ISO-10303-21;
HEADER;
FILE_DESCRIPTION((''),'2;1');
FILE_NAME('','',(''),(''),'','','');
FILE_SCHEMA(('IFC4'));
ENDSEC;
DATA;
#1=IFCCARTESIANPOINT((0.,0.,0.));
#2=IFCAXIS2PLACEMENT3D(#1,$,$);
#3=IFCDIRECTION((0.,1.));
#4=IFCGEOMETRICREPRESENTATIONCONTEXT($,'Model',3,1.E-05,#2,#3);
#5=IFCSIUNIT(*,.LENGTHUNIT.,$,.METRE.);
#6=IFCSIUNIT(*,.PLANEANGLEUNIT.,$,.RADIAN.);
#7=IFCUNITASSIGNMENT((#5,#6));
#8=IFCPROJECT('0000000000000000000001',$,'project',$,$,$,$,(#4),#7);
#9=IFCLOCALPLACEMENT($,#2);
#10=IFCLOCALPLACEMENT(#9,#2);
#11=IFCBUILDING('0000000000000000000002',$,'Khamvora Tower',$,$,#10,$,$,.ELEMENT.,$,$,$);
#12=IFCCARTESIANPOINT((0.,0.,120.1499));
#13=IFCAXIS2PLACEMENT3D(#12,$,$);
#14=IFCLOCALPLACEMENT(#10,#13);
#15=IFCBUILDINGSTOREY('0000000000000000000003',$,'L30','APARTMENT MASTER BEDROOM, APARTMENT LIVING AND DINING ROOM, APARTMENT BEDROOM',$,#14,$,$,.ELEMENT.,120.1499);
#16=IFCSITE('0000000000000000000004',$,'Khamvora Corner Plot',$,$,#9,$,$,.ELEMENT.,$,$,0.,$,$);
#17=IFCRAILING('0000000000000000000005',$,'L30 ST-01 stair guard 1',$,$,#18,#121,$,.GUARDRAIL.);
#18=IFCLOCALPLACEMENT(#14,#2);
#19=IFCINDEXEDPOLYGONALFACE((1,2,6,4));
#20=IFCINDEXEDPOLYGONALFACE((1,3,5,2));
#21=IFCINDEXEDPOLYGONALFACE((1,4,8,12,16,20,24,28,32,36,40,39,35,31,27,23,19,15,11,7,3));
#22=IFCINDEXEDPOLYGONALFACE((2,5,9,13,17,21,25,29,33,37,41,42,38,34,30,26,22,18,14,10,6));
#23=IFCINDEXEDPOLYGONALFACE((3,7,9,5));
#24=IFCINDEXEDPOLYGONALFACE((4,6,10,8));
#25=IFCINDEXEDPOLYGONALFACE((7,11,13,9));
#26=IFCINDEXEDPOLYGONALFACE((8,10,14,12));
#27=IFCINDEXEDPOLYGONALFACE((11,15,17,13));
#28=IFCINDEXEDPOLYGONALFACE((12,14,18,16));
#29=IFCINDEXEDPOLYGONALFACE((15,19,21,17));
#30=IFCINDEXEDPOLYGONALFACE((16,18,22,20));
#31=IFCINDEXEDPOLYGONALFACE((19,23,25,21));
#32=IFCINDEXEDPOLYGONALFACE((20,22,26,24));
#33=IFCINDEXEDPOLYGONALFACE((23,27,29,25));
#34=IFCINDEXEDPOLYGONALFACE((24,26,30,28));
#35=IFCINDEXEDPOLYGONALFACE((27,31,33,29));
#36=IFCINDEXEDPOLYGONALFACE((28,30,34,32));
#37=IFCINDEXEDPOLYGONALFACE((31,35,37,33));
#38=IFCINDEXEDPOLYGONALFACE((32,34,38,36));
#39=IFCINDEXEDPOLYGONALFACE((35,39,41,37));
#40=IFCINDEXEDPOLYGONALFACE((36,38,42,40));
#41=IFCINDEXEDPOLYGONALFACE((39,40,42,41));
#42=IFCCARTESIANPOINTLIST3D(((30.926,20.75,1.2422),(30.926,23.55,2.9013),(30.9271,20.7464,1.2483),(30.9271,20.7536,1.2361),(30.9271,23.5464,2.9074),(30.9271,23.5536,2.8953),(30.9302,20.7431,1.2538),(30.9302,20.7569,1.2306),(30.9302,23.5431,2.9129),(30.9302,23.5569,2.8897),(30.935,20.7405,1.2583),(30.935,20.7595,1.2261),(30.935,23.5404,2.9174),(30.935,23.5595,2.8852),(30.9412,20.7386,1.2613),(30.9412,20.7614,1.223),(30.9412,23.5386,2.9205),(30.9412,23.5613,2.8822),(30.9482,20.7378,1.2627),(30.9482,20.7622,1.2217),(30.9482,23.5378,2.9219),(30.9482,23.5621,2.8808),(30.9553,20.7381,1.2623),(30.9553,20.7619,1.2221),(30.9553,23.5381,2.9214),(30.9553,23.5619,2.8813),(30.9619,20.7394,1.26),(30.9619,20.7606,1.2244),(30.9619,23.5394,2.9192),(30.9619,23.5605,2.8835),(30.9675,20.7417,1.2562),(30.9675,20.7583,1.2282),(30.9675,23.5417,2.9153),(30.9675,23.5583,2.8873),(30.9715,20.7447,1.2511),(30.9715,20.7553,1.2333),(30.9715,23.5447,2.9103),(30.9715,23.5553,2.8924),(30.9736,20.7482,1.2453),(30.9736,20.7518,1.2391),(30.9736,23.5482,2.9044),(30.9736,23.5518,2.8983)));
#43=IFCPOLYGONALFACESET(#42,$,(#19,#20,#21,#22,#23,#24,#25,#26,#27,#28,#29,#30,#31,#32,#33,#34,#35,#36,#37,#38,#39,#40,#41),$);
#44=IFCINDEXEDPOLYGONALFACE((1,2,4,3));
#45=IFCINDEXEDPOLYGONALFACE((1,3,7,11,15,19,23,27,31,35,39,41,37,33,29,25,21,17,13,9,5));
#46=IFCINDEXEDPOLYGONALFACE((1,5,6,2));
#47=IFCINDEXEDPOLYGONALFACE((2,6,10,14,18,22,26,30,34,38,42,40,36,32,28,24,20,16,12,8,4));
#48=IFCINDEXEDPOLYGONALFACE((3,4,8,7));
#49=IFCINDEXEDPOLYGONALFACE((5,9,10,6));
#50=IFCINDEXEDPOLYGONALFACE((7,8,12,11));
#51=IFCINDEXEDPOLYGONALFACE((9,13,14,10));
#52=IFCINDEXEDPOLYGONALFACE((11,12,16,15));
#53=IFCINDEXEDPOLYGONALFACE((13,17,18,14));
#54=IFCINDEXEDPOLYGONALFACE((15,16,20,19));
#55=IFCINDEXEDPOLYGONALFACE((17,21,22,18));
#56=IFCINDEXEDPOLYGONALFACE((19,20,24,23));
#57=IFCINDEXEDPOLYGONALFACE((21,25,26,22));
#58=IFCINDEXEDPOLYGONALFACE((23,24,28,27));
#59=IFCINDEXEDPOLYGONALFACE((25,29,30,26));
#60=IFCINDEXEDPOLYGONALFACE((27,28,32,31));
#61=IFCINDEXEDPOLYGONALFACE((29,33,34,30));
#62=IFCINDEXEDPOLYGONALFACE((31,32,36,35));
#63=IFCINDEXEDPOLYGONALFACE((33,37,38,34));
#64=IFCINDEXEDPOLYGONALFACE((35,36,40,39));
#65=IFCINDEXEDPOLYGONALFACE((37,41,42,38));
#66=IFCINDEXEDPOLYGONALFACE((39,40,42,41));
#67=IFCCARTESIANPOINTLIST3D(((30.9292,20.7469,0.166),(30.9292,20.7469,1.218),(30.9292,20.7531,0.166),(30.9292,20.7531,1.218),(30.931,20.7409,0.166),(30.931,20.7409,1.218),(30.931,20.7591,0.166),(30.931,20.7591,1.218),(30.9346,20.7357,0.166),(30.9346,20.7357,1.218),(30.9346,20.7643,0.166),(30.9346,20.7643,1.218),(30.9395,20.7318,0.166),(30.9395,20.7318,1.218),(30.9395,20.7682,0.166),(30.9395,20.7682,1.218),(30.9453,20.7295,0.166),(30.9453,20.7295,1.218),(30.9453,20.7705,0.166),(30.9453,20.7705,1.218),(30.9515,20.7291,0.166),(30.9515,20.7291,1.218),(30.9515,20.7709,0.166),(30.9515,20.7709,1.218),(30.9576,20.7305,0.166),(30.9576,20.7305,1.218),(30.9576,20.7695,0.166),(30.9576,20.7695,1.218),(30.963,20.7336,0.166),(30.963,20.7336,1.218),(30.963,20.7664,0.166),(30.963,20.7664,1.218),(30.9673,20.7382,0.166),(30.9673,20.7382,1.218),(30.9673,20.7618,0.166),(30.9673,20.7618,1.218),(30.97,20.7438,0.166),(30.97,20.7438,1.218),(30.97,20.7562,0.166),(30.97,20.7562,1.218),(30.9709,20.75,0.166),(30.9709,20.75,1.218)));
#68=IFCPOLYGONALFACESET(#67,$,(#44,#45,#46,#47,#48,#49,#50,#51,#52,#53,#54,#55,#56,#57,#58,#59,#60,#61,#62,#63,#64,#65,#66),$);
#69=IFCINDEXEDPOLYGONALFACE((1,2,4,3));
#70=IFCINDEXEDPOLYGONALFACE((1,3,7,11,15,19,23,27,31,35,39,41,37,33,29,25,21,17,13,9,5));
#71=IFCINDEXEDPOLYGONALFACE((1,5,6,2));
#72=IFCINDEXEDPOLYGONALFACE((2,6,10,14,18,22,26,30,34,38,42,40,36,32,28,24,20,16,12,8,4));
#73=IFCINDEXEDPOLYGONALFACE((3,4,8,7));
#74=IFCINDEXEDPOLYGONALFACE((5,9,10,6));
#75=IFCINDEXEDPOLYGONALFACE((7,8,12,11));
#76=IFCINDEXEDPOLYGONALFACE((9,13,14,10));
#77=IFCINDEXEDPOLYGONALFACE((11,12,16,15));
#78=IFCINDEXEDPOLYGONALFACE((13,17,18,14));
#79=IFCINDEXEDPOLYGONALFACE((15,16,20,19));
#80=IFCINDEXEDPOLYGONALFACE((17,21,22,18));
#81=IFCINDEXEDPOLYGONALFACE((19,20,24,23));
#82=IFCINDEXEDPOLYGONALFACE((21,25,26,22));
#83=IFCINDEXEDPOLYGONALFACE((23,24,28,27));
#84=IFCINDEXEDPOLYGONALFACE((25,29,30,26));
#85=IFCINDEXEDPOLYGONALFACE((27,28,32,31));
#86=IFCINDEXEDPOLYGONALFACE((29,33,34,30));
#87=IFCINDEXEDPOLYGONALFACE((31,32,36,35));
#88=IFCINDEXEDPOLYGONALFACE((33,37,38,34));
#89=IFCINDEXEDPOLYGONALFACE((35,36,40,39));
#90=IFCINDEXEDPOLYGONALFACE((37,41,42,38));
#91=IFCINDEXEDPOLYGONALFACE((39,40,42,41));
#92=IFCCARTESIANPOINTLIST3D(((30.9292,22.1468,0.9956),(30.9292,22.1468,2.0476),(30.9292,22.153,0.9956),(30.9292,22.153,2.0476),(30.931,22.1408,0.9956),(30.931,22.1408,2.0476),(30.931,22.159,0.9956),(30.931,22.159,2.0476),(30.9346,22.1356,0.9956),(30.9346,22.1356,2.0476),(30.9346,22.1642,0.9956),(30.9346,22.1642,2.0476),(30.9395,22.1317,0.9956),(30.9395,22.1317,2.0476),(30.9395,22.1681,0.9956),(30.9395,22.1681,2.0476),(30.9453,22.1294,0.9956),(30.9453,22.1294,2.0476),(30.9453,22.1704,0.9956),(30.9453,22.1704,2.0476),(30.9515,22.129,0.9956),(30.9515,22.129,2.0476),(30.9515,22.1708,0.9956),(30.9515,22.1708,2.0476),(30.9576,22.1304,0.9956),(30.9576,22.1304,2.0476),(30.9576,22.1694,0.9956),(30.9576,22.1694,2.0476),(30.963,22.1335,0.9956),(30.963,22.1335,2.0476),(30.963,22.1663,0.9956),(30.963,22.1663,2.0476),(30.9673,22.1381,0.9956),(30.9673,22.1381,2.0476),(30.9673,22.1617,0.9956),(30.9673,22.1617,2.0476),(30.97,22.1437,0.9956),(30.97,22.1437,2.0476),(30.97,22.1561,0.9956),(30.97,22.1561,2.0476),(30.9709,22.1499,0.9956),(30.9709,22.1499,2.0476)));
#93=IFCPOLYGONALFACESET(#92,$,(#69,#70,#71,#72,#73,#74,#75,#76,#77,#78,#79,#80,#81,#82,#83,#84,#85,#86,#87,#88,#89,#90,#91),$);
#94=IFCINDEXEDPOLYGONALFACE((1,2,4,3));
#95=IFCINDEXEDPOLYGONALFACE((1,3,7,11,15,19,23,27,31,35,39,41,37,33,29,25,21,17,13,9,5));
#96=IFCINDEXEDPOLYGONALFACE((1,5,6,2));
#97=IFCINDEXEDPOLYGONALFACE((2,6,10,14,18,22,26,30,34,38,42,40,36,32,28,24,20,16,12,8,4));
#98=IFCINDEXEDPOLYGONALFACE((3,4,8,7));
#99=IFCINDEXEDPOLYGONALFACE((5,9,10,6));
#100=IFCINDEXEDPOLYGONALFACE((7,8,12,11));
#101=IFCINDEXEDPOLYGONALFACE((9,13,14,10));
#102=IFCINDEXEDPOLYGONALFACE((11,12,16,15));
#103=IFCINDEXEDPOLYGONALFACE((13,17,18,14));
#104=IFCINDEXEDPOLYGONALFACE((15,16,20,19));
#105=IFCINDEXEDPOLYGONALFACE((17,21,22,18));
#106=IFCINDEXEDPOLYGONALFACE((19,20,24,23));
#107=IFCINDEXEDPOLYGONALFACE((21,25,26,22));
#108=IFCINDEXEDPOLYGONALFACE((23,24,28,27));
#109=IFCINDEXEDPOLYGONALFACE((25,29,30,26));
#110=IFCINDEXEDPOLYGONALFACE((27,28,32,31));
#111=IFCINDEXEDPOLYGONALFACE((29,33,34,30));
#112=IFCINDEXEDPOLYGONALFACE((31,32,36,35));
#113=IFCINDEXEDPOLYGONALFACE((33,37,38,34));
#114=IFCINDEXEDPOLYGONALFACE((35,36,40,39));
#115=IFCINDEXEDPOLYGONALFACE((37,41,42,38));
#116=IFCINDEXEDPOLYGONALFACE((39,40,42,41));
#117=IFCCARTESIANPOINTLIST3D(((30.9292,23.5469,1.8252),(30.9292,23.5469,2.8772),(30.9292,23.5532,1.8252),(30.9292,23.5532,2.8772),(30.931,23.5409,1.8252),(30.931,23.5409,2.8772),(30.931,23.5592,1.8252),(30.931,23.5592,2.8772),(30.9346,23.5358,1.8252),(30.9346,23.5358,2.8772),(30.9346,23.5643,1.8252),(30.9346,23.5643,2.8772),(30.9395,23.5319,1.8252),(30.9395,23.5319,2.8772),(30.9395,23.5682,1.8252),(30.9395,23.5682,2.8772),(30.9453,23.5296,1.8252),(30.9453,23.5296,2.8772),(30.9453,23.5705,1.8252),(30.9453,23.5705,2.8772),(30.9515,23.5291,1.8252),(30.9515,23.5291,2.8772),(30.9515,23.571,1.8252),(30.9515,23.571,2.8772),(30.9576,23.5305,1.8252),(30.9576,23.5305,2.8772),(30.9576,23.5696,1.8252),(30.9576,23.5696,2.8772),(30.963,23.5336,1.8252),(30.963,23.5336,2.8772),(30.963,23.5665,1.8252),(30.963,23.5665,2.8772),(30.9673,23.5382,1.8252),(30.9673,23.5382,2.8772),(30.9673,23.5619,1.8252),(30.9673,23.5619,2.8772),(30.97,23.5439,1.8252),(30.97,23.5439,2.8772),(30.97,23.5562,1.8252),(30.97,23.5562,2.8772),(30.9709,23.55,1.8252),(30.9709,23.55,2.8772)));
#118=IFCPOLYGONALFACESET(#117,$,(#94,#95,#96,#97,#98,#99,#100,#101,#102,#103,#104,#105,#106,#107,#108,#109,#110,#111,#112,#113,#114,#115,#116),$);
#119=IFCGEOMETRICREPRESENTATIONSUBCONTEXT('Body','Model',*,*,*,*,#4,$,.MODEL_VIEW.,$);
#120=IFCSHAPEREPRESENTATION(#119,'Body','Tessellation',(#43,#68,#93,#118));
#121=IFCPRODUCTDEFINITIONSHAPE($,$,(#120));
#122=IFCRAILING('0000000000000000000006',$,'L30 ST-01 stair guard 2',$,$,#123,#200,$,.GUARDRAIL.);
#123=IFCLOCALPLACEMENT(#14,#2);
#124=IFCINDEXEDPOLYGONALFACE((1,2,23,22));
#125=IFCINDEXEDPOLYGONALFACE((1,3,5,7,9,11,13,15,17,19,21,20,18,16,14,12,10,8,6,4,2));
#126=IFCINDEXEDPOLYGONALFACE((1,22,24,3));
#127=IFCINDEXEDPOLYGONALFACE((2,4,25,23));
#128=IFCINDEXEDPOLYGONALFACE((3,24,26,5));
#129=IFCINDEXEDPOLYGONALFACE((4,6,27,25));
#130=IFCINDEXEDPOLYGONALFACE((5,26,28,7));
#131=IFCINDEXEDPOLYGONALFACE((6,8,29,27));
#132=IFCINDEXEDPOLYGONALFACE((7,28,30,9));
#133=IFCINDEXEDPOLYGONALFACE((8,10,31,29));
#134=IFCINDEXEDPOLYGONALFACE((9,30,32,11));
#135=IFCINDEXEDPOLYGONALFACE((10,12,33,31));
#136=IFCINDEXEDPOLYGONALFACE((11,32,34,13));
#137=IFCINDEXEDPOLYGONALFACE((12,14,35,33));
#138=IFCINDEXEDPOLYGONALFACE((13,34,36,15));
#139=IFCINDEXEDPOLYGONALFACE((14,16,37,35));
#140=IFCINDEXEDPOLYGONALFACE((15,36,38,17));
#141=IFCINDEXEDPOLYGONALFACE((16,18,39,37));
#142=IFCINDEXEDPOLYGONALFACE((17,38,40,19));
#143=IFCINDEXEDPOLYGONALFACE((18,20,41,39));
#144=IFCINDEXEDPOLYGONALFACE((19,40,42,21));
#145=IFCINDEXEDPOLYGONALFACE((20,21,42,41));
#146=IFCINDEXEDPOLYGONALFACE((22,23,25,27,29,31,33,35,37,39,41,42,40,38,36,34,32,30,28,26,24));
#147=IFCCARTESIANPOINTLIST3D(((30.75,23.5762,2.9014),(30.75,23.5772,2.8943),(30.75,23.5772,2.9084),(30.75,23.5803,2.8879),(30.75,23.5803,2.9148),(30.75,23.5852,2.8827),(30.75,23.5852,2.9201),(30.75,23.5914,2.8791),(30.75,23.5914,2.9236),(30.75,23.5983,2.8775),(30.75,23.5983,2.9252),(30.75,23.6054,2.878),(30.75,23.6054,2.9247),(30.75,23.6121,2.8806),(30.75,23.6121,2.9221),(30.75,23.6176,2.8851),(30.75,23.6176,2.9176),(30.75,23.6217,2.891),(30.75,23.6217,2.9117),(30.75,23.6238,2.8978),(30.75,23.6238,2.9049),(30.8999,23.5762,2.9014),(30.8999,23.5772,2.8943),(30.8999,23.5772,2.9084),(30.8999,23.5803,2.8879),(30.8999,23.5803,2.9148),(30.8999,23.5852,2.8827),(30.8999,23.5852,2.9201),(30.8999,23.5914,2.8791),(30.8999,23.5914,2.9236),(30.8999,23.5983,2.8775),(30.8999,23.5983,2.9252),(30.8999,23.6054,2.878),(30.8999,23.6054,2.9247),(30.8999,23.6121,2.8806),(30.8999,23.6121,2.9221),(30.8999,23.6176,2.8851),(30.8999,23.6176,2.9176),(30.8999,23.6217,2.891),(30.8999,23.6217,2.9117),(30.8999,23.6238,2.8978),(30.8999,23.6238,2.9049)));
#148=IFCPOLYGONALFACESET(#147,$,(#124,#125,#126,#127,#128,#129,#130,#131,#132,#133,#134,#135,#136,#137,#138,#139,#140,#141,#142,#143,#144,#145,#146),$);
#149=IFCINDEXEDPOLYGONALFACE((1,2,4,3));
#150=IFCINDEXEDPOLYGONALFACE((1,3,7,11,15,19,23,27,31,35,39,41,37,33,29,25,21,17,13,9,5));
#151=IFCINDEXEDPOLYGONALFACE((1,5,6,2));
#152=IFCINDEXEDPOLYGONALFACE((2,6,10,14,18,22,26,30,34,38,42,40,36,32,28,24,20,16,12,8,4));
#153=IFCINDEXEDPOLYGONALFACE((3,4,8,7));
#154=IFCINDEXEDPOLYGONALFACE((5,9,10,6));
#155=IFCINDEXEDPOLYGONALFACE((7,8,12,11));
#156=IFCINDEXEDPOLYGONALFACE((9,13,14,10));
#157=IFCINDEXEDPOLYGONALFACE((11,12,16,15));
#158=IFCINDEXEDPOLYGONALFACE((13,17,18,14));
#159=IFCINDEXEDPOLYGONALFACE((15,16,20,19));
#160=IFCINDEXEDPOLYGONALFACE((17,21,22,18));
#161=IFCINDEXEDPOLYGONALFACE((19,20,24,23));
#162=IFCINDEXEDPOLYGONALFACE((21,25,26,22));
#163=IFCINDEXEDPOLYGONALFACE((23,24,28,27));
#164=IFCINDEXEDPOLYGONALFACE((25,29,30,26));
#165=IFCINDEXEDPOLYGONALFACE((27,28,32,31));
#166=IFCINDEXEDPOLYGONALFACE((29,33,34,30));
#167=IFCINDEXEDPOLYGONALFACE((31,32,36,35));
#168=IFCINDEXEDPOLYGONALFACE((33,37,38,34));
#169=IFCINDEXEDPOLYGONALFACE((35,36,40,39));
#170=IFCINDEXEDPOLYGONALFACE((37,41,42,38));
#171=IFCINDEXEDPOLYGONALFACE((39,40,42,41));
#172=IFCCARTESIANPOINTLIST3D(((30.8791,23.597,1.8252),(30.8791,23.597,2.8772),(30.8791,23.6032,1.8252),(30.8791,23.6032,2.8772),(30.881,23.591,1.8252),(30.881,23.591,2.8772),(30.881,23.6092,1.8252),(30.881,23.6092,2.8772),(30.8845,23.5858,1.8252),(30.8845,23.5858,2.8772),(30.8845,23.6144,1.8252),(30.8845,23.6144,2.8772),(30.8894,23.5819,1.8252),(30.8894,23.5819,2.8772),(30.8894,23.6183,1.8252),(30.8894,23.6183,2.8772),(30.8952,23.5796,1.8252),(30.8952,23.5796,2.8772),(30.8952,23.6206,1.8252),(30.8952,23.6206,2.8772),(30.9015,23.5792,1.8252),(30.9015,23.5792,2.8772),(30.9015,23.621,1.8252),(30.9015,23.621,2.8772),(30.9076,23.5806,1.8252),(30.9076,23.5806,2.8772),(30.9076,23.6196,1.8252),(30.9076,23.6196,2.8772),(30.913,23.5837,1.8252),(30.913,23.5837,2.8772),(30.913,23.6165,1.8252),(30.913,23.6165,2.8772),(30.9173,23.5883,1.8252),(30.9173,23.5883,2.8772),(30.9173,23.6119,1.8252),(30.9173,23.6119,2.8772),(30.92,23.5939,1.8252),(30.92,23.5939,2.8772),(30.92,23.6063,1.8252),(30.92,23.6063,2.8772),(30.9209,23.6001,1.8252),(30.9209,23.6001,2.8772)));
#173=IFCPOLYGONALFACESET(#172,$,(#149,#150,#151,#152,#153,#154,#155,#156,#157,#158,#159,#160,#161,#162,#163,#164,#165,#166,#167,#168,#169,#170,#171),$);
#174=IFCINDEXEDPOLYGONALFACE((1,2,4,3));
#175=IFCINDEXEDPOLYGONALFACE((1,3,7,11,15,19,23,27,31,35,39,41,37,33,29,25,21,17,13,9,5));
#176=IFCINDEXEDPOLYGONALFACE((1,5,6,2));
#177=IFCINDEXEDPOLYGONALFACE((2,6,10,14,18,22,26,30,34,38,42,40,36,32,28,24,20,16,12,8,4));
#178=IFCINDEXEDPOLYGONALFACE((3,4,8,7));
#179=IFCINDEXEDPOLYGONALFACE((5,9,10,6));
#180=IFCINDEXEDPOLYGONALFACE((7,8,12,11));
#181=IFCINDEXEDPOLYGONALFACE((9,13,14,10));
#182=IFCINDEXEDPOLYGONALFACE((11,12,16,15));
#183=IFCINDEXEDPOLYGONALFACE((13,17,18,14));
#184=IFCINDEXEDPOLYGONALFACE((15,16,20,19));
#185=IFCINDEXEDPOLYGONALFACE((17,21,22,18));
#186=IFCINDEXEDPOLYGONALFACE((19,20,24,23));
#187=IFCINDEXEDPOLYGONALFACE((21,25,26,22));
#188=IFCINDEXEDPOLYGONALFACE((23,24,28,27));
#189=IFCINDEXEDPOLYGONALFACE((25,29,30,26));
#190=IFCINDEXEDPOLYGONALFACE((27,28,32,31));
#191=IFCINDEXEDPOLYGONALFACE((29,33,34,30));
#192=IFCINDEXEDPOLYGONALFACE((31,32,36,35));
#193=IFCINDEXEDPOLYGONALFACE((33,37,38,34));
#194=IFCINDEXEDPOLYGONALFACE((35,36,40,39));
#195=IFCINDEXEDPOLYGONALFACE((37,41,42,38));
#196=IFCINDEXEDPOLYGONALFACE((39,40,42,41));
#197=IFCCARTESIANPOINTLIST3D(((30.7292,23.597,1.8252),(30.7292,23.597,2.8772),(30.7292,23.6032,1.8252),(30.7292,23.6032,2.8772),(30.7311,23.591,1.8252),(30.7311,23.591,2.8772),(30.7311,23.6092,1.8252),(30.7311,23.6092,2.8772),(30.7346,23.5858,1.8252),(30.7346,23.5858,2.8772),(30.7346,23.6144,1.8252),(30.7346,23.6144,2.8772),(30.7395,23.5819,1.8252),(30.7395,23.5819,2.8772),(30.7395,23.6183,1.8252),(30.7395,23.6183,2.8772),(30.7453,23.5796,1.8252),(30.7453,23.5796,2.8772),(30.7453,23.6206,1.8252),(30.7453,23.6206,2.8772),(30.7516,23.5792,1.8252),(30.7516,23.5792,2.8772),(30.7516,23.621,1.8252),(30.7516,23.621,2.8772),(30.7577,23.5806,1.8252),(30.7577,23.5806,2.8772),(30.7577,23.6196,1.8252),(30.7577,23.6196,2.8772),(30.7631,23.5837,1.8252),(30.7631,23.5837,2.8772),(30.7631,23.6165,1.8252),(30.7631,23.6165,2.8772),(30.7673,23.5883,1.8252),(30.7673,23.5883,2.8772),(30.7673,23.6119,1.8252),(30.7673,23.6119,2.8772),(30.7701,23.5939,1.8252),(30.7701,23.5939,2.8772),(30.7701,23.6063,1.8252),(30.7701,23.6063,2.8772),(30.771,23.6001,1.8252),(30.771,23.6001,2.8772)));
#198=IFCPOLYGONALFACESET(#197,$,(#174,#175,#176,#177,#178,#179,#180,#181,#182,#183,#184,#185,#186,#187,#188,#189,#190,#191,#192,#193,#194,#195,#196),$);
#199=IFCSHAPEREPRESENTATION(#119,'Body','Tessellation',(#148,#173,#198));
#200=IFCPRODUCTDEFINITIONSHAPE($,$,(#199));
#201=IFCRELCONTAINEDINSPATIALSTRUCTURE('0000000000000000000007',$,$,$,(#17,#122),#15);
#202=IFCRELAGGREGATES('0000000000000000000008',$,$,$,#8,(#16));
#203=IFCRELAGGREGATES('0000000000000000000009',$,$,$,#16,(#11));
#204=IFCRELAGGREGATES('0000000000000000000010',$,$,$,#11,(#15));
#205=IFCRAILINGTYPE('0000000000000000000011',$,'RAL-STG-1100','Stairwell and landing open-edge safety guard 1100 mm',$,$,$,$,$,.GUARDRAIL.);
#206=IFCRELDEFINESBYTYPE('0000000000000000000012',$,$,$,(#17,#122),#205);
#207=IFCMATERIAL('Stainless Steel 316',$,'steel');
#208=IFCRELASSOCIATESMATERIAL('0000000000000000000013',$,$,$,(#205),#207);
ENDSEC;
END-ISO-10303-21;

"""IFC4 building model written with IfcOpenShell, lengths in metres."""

from ifc_helpers import new_model, si_unit, direction, frame, origin, origin_2d, place, context, subcontext, project, spatial, circle, extrude, material, type_object, element, save


model = new_model("IFC4")

# Units and contexts
model_context = context("Model", 3, precision=1e-05, world=origin(), true_north=direction((0.0, 1.0)))
body_context = subcontext(model_context, "Body", "Model", "MODEL_VIEW")
ifc_project = project(units=[si_unit("LENGTHUNIT", "METRE"), si_unit("PLANEANGLEUNIT", "RADIAN")], contexts=[model_context])

# Site, building, storey
site_placement = place(None, origin())
site = spatial("IfcSite", under=ifc_project, at=site_placement, Name="Khamvora Corner Plot", CompositionType="ELEMENT", RefElevation=0.0)
building_placement = place(site_placement, origin())
building = spatial("IfcBuilding", under=site, at=building_placement, Name="Khamvora Tower", CompositionType="ELEMENT")
storey_placement = place(building_placement, frame((0.0, 0.0, 120.1499)))
storey = spatial("IfcBuildingStorey", under=building, at=storey_placement, Name="L30", Description="APARTMENT MASTER BEDROOM, APARTMENT LIVING AND DINING ROOM, APARTMENT BEDROOM", CompositionType="ELEMENT", Elevation=120.1499)

# Railings
ifc_material_1 = material(Name="Stainless Steel 316", Category="steel")
railing_type_1 = type_object("IfcRailingType", Name="RAL-STG-1100", Description="Stairwell and landing open-edge safety guard 1100 mm", PredefinedType="GUARDRAIL", material=ifc_material_1)
railing_1_placement = place(storey_placement, frame((30.95, 20.75, 0.166)))
element("IfcRailing", 1, at=railing_1_placement, inside=storey, type_object=railing_type_1, Name="L30 ST-01 stair guard 1", PredefinedType="GUARDRAIL", context=body_context, shape_type="SweptSolid", body=[
    extrude(circle(Radius=0.0239, at=origin_2d()), frame((0.0, 0.0, 1.0762), z_axis=(0.0, 0.860306, 0.509778), x_axis=(-1.0, 0.0, 0.0)), (0.0, 0.0, 1.0), 3.2546),
    extrude(circle(Radius=0.021, at=origin_2d()), origin(), (0.0, 0.0, 1.0), 1.052),
    extrude(circle(Radius=0.021, at=origin_2d()), frame((0.0, 1.3999, 0.8296)), (0.0, 0.0, 1.0), 1.052),
    extrude(circle(Radius=0.021, at=origin_2d()), frame((0.0, 2.8, 1.6592)), (0.0, 0.0, 1.0), 1.052),
])
railing_2_placement = place(storey_placement, frame((30.8999, 23.6001, 1.8252)))
element("IfcRailing", 2, at=railing_2_placement, inside=storey, type_object=railing_type_1, Name="L30 ST-01 stair guard 2", PredefinedType="GUARDRAIL", context=body_context, shape_type="SweptSolid", body=[
    extrude(circle(Radius=0.0239, at=origin_2d()), frame((0.0, 0.0, 1.0762), z_axis=(-1.0, 0.0, 0.0), x_axis=(0.0, -1.0, 0.0)), (0.0, 0.0, 1.0), 0.1499),
    extrude(circle(Radius=0.021, at=origin_2d()), origin(), (0.0, 0.0, 1.0), 1.052),
    extrude(circle(Radius=0.021, at=origin_2d()), frame((-0.1499, 0.0, 0.0)), (0.0, 0.0, 1.0), 1.052),
])

save(model, "model.ifc")
